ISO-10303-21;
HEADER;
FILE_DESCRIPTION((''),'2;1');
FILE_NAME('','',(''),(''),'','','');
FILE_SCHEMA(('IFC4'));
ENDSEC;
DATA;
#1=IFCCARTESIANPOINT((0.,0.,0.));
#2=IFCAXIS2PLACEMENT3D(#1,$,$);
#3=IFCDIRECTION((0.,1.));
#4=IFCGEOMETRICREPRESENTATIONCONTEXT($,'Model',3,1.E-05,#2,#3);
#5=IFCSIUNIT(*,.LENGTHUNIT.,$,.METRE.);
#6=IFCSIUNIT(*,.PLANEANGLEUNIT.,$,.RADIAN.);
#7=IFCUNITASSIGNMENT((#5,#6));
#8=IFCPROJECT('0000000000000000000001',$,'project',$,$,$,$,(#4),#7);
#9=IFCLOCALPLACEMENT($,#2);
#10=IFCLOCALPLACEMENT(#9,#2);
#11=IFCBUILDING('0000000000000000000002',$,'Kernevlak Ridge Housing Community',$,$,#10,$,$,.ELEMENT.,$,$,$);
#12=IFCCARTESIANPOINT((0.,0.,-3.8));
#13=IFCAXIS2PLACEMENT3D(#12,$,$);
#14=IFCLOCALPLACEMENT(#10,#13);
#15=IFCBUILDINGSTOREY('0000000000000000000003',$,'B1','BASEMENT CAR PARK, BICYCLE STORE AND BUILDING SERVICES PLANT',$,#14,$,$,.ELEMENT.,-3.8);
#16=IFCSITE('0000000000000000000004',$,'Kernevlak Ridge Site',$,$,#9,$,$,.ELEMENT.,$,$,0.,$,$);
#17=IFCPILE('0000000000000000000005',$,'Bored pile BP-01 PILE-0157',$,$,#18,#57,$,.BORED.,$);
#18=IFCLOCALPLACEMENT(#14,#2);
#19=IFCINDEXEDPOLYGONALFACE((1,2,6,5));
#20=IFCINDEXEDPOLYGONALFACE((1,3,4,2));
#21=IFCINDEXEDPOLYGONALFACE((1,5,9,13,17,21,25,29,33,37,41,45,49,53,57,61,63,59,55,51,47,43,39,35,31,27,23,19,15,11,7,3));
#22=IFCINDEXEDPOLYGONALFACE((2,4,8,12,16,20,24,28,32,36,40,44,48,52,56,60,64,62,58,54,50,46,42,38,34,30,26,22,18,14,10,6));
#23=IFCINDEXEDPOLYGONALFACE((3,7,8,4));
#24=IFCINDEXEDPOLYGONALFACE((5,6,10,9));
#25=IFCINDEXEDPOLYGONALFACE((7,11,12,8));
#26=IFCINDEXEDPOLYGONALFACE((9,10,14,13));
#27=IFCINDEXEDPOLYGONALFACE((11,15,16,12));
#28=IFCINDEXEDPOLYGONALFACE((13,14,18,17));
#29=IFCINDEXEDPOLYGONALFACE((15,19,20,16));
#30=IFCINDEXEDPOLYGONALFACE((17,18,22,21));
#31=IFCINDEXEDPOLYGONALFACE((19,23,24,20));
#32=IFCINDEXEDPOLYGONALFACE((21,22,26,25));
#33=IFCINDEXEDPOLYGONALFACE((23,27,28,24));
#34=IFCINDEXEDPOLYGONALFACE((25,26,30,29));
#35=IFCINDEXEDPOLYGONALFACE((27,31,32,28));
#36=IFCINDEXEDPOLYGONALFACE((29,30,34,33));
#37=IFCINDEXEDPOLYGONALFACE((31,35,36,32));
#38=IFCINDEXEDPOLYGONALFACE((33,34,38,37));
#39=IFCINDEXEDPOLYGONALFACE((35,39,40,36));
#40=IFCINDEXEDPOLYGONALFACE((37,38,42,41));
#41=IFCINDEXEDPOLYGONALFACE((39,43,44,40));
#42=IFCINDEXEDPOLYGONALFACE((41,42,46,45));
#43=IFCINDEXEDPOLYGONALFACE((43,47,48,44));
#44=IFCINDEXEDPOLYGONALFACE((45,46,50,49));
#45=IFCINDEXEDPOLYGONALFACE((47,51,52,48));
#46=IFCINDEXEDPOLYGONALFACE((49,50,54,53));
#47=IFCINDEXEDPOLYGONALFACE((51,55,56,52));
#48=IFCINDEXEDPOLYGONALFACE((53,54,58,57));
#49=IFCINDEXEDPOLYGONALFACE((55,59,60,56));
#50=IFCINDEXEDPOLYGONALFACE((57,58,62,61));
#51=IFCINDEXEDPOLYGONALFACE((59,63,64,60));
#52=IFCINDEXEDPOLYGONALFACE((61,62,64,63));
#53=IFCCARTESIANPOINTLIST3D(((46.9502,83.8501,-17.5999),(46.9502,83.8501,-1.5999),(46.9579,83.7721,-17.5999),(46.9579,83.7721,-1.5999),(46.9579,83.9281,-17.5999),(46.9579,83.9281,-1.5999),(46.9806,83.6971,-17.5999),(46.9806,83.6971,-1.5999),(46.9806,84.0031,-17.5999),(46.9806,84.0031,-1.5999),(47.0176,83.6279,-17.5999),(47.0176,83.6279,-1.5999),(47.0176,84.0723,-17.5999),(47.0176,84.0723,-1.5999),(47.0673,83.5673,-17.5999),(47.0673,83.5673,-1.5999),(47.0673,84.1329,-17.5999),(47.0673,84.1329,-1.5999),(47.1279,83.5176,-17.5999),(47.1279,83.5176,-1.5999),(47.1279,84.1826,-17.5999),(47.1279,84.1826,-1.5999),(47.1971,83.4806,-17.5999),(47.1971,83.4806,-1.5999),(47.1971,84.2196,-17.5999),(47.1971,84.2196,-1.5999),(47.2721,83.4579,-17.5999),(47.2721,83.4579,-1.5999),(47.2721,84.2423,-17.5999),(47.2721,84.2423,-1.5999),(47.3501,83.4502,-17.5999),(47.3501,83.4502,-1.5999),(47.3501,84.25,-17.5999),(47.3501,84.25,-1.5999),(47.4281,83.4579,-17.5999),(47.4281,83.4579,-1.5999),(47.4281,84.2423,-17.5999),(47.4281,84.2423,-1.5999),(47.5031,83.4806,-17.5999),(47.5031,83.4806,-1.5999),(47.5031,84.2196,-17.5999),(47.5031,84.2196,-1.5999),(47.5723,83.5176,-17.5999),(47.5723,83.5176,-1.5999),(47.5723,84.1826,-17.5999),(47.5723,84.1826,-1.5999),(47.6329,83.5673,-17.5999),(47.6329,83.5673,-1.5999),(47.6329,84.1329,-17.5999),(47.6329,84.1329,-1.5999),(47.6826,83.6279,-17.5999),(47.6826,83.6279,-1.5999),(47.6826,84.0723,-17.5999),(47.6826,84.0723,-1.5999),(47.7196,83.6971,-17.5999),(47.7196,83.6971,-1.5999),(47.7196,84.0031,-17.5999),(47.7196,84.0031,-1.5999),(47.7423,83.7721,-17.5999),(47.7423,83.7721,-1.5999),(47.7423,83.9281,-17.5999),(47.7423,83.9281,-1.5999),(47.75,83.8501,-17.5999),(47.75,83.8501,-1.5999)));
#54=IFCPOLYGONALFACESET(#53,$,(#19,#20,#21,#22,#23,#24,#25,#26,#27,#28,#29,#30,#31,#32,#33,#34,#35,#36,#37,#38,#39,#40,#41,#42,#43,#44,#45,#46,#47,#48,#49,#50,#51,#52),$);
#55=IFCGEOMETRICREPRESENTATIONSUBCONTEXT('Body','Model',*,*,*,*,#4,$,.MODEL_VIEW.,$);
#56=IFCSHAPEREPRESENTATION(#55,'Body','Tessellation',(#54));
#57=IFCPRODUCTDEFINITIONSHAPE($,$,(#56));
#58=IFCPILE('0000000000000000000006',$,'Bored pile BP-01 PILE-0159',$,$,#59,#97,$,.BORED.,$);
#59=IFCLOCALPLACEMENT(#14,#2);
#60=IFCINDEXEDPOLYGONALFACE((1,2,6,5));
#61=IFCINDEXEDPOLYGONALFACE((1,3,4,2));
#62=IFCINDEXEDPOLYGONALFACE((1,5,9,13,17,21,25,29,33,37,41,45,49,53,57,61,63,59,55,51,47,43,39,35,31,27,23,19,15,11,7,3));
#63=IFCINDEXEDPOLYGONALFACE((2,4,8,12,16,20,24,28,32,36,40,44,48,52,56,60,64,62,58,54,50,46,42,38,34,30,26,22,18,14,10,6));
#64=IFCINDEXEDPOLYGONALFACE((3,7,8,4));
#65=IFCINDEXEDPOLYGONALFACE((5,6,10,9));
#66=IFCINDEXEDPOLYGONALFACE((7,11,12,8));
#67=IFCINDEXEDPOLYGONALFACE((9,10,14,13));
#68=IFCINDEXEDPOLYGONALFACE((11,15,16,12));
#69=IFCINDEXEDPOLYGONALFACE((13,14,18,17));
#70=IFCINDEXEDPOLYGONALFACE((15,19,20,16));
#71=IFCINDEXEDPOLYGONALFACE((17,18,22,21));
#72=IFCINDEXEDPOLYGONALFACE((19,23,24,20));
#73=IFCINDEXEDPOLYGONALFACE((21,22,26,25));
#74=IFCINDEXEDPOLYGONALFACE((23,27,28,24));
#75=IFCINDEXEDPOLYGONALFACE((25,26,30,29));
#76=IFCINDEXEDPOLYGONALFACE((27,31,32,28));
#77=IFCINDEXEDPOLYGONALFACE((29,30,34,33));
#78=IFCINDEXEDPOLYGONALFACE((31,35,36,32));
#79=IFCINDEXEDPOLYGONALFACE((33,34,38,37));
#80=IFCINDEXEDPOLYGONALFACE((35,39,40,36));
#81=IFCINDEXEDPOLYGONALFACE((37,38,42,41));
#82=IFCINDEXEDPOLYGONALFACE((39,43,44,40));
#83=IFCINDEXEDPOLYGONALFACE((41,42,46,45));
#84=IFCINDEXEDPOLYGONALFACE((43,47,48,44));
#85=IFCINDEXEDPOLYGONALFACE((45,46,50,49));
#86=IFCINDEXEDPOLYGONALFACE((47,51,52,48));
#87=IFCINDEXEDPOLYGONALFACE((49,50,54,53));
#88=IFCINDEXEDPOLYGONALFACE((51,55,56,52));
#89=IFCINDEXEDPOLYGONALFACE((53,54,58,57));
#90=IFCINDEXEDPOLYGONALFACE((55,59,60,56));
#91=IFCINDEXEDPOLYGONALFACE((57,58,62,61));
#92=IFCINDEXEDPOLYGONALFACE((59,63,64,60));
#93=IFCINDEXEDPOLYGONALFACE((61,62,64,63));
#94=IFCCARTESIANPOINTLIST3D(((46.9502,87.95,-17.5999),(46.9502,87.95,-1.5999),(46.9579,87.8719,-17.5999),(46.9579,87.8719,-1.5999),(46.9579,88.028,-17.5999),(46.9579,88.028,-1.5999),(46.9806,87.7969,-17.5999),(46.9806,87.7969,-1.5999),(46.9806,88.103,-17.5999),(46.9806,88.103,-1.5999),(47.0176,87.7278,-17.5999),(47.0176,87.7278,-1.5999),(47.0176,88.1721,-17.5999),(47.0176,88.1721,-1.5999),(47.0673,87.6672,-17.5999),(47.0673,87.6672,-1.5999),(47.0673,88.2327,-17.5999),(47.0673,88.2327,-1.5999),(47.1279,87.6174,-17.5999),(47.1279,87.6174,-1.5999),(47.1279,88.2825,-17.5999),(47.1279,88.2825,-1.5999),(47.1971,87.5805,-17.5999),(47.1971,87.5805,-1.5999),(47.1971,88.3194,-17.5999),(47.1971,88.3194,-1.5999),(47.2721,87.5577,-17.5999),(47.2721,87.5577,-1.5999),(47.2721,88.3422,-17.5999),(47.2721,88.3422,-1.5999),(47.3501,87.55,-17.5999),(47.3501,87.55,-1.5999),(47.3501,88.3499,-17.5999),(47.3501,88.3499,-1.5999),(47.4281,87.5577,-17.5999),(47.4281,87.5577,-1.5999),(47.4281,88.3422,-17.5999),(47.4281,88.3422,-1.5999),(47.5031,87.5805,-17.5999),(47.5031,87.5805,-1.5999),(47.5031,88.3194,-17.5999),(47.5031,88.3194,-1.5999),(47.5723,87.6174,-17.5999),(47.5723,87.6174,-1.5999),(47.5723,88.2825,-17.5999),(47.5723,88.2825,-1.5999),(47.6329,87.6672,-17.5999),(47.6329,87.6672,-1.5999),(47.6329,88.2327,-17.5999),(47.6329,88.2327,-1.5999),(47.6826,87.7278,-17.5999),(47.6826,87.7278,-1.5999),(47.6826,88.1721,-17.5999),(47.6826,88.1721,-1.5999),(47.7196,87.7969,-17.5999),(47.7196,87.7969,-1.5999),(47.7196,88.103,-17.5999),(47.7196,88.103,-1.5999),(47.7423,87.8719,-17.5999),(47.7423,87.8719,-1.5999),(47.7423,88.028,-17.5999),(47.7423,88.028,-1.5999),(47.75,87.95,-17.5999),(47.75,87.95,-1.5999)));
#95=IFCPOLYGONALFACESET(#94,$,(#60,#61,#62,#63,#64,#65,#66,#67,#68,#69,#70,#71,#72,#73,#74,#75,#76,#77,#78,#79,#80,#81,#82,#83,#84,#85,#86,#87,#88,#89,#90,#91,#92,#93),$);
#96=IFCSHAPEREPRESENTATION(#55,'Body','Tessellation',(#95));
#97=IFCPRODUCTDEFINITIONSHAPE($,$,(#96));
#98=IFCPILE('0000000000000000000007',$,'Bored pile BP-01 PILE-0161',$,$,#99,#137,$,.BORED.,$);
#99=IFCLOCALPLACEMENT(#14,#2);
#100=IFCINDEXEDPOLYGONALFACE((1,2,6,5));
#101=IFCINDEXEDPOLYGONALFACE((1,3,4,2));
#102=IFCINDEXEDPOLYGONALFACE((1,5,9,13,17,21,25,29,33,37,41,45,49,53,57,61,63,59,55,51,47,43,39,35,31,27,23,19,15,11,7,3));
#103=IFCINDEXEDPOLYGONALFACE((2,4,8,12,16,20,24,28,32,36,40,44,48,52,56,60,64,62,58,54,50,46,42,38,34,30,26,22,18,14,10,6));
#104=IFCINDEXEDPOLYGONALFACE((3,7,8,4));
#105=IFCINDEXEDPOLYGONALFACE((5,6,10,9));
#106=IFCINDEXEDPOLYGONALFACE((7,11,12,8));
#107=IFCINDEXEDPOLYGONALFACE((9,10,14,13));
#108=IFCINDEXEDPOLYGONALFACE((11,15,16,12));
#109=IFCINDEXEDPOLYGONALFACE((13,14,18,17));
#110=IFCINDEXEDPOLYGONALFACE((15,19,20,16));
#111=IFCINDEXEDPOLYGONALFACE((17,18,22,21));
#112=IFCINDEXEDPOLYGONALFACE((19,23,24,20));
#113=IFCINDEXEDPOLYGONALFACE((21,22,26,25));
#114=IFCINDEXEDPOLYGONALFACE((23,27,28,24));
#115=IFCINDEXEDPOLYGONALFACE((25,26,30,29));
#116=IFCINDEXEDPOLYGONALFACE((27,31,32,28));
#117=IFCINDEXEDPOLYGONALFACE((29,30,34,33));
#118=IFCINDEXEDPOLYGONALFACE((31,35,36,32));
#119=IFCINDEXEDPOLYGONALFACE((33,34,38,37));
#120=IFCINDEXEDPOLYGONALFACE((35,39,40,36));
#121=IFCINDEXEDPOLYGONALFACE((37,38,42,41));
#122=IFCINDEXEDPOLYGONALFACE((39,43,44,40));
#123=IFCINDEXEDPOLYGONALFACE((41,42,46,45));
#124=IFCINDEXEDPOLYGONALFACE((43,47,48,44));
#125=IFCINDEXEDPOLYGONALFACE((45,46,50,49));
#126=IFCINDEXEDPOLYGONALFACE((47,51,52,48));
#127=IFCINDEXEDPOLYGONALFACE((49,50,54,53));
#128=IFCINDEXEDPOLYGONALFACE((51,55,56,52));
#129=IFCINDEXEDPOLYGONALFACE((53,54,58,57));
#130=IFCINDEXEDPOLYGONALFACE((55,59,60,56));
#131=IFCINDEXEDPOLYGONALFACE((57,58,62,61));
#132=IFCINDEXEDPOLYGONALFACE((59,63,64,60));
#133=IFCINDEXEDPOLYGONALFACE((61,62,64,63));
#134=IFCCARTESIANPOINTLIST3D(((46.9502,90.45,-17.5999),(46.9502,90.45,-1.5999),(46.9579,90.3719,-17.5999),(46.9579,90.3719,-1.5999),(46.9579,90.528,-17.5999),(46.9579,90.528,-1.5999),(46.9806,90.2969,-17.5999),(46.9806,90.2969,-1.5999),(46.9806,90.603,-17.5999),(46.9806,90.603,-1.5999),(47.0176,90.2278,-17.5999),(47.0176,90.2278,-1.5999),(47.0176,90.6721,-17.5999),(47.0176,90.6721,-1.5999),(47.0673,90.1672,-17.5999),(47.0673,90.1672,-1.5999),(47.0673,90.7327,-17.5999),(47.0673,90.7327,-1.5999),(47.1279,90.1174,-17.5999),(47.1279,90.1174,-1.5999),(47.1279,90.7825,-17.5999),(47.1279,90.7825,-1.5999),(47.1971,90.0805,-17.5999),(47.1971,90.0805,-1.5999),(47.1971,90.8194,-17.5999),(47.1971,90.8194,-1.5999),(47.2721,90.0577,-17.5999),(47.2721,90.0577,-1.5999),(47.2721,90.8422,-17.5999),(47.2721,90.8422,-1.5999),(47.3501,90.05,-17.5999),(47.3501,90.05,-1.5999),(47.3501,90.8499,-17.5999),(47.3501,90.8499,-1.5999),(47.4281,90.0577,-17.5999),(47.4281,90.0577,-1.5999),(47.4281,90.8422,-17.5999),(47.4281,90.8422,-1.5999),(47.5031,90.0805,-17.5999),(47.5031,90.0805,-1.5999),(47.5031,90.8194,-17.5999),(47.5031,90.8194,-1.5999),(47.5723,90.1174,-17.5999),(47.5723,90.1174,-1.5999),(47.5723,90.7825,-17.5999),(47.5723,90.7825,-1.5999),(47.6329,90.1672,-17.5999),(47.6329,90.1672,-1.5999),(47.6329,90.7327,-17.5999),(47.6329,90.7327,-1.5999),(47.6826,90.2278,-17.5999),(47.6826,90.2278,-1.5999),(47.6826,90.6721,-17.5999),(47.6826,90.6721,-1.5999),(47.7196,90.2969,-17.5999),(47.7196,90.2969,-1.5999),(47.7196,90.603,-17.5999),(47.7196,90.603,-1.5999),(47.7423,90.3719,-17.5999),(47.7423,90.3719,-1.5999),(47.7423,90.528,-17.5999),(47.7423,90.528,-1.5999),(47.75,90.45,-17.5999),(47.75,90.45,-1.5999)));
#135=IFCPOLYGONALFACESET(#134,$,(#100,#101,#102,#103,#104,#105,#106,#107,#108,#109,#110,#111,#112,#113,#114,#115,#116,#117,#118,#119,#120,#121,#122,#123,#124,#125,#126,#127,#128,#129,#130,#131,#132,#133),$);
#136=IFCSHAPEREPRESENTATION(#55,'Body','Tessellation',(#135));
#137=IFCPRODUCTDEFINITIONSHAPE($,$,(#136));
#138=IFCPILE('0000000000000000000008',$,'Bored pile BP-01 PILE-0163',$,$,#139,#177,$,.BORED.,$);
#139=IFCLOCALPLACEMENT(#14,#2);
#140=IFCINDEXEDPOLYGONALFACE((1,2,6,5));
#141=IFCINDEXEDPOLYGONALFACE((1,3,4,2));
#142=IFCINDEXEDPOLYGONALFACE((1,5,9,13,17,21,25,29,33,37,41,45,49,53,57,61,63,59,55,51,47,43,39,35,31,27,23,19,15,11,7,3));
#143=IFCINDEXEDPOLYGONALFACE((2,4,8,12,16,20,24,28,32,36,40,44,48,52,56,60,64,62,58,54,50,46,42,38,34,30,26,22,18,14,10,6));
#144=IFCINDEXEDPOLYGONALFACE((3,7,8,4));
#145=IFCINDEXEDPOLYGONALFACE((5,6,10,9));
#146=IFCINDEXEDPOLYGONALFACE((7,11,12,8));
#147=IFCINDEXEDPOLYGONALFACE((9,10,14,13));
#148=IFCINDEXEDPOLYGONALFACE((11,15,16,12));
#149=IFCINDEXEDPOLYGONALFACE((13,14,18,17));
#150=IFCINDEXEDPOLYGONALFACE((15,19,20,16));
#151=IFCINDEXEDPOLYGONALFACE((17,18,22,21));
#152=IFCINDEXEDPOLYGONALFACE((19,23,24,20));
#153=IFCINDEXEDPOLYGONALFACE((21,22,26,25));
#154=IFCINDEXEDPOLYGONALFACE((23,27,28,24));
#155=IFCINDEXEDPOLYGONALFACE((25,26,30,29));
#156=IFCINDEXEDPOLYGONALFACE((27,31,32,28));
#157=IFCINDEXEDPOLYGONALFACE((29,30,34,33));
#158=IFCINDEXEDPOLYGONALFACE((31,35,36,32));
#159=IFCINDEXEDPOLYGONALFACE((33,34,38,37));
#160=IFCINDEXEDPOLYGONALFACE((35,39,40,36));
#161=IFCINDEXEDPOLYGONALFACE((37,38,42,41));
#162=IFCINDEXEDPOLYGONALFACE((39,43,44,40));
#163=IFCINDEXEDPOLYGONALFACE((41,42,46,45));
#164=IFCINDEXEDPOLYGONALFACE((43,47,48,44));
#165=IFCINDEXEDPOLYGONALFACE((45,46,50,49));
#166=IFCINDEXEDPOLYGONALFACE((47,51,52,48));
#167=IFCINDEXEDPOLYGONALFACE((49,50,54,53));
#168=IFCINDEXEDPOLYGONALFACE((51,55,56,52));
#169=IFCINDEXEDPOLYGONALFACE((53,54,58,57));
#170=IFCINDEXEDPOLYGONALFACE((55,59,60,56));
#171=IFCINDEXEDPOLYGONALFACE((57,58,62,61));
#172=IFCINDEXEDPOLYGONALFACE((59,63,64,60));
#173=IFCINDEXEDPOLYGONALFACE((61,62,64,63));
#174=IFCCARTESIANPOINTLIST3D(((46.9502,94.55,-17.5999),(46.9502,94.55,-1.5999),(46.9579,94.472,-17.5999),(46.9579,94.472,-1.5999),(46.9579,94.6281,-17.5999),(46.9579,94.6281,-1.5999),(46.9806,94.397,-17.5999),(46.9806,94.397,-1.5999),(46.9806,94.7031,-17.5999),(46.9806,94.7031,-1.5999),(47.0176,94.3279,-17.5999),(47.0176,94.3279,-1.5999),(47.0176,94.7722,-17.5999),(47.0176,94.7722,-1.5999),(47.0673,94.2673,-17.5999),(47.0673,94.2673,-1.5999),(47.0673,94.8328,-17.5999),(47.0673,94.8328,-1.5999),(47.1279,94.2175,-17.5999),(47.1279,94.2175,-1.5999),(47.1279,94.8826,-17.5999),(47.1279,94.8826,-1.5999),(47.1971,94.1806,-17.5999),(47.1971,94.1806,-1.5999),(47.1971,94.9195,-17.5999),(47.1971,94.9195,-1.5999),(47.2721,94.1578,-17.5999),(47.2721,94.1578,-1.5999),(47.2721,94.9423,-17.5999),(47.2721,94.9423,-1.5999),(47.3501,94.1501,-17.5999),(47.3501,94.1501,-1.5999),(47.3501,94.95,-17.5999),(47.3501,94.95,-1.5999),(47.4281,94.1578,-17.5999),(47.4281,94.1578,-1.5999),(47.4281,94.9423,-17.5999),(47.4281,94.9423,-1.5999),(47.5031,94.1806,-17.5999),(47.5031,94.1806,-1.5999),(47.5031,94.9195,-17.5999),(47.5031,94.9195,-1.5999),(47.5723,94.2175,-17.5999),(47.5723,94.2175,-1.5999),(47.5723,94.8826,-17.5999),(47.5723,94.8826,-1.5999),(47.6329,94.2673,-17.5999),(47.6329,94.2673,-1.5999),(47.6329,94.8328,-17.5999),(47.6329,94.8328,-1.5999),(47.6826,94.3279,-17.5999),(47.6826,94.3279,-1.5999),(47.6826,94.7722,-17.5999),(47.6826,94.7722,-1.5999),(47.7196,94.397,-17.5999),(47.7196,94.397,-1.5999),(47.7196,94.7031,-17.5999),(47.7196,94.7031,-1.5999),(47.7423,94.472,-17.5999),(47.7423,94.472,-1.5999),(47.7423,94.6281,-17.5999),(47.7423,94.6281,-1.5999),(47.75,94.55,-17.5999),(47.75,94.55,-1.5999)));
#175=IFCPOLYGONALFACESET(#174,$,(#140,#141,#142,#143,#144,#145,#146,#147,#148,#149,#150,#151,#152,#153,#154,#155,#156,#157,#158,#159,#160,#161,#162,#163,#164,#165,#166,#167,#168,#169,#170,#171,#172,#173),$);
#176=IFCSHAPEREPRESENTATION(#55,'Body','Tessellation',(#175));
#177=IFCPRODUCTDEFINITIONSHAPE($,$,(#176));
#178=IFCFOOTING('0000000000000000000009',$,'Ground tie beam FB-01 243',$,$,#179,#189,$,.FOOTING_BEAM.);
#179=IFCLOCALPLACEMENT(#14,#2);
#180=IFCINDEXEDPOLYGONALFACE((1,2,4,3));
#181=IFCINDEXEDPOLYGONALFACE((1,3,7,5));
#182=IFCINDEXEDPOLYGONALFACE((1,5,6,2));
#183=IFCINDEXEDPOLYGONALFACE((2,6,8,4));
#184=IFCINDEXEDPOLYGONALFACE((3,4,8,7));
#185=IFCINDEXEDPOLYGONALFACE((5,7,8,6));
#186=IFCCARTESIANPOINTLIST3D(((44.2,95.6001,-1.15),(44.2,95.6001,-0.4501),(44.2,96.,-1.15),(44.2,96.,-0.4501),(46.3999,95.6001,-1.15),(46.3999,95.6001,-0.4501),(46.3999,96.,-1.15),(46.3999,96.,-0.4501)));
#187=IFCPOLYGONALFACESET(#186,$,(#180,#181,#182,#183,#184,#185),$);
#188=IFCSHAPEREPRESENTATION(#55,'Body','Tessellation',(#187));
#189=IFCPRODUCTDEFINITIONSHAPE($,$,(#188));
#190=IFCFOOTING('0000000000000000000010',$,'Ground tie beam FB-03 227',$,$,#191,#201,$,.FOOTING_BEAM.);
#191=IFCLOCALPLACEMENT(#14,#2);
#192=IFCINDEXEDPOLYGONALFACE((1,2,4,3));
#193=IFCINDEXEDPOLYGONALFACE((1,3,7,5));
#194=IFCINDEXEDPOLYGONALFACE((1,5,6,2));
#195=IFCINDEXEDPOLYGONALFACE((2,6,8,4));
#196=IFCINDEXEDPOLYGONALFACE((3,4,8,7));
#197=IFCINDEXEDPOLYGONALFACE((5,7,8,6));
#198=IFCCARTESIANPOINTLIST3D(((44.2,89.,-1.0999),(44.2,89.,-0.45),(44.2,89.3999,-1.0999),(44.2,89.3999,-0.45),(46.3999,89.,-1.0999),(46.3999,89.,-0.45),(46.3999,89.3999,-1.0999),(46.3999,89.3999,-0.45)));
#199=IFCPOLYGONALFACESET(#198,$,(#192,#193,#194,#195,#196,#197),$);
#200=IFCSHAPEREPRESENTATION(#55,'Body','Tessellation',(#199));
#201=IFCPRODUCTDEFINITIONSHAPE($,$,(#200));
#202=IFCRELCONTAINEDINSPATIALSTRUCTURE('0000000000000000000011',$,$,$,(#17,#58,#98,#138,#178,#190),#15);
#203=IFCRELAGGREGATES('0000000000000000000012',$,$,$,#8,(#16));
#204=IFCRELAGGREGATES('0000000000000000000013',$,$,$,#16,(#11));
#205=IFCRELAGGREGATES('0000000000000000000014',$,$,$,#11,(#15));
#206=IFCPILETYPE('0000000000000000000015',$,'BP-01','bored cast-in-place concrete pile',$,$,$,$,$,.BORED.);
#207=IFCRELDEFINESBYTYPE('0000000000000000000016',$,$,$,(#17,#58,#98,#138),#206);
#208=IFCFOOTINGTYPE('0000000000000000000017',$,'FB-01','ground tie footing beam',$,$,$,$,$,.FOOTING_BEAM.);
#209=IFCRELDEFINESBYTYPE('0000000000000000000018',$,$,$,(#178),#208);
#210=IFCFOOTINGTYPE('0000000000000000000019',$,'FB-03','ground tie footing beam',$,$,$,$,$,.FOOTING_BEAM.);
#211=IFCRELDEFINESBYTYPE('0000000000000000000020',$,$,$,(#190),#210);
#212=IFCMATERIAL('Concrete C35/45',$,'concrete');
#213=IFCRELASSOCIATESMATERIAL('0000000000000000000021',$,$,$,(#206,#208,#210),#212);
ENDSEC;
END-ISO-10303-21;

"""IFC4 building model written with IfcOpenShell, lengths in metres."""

from ifc_helpers import new_model, si_unit, direction, frame, origin, origin_2d, place, context, subcontext, project, spatial, rectangle, circle, extrude, material, material_profile, profile_set, type_object, element, save


model = new_model("IFC4")

# Units and contexts
model_context = context("Model", 3, precision=1e-05, world=origin(), true_north=direction((0.0, 1.0)))
body_context = subcontext(model_context, "Body", "Model", "MODEL_VIEW")
ifc_project = project(units=[si_unit("LENGTHUNIT", "METRE"), si_unit("PLANEANGLEUNIT", "RADIAN")], contexts=[model_context])

# Site, building, storey
site_placement = place(None, origin())
site = spatial("IfcSite", under=ifc_project, at=site_placement, Name="Kernevlak Ridge Site", CompositionType="ELEMENT", RefElevation=0.0)
building_placement = place(site_placement, origin())
building = spatial("IfcBuilding", under=site, at=building_placement, Name="Kernevlak Ridge Housing Community", CompositionType="ELEMENT")
storey_placement = place(building_placement, frame((0.0, 0.0, -3.8)))
storey = spatial("IfcBuildingStorey", under=building, at=storey_placement, Name="B1", Description="BASEMENT CAR PARK, BICYCLE STORE AND BUILDING SERVICES PLANT", CompositionType="ELEMENT", Elevation=-3.8)

# Piles
ifc_material_1 = material(Name="Concrete C35/45", Category="concrete")
ifc_material_profile_1 = material_profile(ifc_material_1, circle(Radius=0.3999, at=origin_2d()), Name="BORED PILE 800")
ifc_profile_set_1 = profile_set([ifc_material_profile_1], Name="Concrete C35/45")
pile_type = type_object("IfcPileType", Name="BP-01", Description="bored cast-in-place concrete pile", PredefinedType="BORED", material=ifc_profile_set_1)
for number, where, z_axis, x_axis, name in (
    (1, (47.3501, 83.8501, -1.5999), (0.0, 0.0, -1.0), (1.0, 0.0, 0.0), "Bored pile BP-01 PILE-0157"),
    (2, (47.3501, 87.95, -1.5999), (0.0, 0.0, -1.0), (1.0, 0.0, 0.0), "Bored pile BP-01 PILE-0159"),
    (3, (47.3501, 90.45, -1.5999), (0.0, 0.0, -1.0), (1.0, 0.0, 0.0), "Bored pile BP-01 PILE-0161"),
    (4, (47.3501, 94.55, -1.5999), (0.0, 0.0, -1.0), (1.0, 0.0, 0.0), "Bored pile BP-01 PILE-0163"),
):
    element("IfcPile", number, at=place(storey_placement, frame(where, z_axis=z_axis, x_axis=x_axis)), inside=storey, type_object=pile_type, Name=name, PredefinedType="BORED", context=body_context, shape_type="SweptSolid", body=[
        extrude(circle(Radius=0.3999, at=origin_2d()), origin(), (0.0, 0.0, 1.0), 16.0),
    ])

# Footings
ifc_material_profile_2 = material_profile(ifc_material_1, rectangle(XDim=0.3999, YDim=0.7, at=origin_2d()), Name="RC 400x700")
ifc_profile_set_2 = profile_set([ifc_material_profile_2], Name="Concrete C35/45")
footing_type_1 = type_object("IfcFootingType", Name="FB-01", Description="ground tie footing beam", PredefinedType="FOOTING_BEAM", material=ifc_profile_set_2)
footing_placement = place(storey_placement, frame((44.2, 95.8, -0.8), z_axis=(1.0, 0.0, 0.0), x_axis=(0.0, 1.0, 0.0)))
element("IfcFooting", 5, at=footing_placement, inside=storey, type_object=footing_type_1, Name="Ground tie beam FB-01 243", PredefinedType="FOOTING_BEAM", context=body_context, shape_type="SweptSolid", body=[
    extrude(rectangle(XDim=0.3999, YDim=0.7, at=origin_2d()), origin(), (0.0, 0.0, 1.0), 2.2),
])
ifc_material_profile_3 = material_profile(ifc_material_1, rectangle(XDim=0.3999, YDim=0.6499, at=origin_2d()), Name="RC 400x650")
ifc_profile_set_3 = profile_set([ifc_material_profile_3], Name="Concrete C35/45")
footing_type_2 = type_object("IfcFootingType", Name="FB-03", Description="ground tie footing beam", PredefinedType="FOOTING_BEAM", material=ifc_profile_set_3)
for number, where, z_axis, x_axis, name in (
    (6, (44.2, 89.2, -0.7749), (1.0, 0.0, 0.0), (0.0, 1.0, 0.0), "Ground tie beam FB-03 227"),
):
    element("IfcFooting", number, at=place(storey_placement, frame(where, z_axis=z_axis, x_axis=x_axis)), inside=storey, type_object=footing_type_2, Name=name, PredefinedType="FOOTING_BEAM", context=body_context, shape_type="SweptSolid", body=[
        extrude(rectangle(XDim=0.3999, YDim=0.6499, at=origin_2d()), origin(), (0.0, 0.0, 1.0), 2.2),
    ])

save(model, "model.ifc")
